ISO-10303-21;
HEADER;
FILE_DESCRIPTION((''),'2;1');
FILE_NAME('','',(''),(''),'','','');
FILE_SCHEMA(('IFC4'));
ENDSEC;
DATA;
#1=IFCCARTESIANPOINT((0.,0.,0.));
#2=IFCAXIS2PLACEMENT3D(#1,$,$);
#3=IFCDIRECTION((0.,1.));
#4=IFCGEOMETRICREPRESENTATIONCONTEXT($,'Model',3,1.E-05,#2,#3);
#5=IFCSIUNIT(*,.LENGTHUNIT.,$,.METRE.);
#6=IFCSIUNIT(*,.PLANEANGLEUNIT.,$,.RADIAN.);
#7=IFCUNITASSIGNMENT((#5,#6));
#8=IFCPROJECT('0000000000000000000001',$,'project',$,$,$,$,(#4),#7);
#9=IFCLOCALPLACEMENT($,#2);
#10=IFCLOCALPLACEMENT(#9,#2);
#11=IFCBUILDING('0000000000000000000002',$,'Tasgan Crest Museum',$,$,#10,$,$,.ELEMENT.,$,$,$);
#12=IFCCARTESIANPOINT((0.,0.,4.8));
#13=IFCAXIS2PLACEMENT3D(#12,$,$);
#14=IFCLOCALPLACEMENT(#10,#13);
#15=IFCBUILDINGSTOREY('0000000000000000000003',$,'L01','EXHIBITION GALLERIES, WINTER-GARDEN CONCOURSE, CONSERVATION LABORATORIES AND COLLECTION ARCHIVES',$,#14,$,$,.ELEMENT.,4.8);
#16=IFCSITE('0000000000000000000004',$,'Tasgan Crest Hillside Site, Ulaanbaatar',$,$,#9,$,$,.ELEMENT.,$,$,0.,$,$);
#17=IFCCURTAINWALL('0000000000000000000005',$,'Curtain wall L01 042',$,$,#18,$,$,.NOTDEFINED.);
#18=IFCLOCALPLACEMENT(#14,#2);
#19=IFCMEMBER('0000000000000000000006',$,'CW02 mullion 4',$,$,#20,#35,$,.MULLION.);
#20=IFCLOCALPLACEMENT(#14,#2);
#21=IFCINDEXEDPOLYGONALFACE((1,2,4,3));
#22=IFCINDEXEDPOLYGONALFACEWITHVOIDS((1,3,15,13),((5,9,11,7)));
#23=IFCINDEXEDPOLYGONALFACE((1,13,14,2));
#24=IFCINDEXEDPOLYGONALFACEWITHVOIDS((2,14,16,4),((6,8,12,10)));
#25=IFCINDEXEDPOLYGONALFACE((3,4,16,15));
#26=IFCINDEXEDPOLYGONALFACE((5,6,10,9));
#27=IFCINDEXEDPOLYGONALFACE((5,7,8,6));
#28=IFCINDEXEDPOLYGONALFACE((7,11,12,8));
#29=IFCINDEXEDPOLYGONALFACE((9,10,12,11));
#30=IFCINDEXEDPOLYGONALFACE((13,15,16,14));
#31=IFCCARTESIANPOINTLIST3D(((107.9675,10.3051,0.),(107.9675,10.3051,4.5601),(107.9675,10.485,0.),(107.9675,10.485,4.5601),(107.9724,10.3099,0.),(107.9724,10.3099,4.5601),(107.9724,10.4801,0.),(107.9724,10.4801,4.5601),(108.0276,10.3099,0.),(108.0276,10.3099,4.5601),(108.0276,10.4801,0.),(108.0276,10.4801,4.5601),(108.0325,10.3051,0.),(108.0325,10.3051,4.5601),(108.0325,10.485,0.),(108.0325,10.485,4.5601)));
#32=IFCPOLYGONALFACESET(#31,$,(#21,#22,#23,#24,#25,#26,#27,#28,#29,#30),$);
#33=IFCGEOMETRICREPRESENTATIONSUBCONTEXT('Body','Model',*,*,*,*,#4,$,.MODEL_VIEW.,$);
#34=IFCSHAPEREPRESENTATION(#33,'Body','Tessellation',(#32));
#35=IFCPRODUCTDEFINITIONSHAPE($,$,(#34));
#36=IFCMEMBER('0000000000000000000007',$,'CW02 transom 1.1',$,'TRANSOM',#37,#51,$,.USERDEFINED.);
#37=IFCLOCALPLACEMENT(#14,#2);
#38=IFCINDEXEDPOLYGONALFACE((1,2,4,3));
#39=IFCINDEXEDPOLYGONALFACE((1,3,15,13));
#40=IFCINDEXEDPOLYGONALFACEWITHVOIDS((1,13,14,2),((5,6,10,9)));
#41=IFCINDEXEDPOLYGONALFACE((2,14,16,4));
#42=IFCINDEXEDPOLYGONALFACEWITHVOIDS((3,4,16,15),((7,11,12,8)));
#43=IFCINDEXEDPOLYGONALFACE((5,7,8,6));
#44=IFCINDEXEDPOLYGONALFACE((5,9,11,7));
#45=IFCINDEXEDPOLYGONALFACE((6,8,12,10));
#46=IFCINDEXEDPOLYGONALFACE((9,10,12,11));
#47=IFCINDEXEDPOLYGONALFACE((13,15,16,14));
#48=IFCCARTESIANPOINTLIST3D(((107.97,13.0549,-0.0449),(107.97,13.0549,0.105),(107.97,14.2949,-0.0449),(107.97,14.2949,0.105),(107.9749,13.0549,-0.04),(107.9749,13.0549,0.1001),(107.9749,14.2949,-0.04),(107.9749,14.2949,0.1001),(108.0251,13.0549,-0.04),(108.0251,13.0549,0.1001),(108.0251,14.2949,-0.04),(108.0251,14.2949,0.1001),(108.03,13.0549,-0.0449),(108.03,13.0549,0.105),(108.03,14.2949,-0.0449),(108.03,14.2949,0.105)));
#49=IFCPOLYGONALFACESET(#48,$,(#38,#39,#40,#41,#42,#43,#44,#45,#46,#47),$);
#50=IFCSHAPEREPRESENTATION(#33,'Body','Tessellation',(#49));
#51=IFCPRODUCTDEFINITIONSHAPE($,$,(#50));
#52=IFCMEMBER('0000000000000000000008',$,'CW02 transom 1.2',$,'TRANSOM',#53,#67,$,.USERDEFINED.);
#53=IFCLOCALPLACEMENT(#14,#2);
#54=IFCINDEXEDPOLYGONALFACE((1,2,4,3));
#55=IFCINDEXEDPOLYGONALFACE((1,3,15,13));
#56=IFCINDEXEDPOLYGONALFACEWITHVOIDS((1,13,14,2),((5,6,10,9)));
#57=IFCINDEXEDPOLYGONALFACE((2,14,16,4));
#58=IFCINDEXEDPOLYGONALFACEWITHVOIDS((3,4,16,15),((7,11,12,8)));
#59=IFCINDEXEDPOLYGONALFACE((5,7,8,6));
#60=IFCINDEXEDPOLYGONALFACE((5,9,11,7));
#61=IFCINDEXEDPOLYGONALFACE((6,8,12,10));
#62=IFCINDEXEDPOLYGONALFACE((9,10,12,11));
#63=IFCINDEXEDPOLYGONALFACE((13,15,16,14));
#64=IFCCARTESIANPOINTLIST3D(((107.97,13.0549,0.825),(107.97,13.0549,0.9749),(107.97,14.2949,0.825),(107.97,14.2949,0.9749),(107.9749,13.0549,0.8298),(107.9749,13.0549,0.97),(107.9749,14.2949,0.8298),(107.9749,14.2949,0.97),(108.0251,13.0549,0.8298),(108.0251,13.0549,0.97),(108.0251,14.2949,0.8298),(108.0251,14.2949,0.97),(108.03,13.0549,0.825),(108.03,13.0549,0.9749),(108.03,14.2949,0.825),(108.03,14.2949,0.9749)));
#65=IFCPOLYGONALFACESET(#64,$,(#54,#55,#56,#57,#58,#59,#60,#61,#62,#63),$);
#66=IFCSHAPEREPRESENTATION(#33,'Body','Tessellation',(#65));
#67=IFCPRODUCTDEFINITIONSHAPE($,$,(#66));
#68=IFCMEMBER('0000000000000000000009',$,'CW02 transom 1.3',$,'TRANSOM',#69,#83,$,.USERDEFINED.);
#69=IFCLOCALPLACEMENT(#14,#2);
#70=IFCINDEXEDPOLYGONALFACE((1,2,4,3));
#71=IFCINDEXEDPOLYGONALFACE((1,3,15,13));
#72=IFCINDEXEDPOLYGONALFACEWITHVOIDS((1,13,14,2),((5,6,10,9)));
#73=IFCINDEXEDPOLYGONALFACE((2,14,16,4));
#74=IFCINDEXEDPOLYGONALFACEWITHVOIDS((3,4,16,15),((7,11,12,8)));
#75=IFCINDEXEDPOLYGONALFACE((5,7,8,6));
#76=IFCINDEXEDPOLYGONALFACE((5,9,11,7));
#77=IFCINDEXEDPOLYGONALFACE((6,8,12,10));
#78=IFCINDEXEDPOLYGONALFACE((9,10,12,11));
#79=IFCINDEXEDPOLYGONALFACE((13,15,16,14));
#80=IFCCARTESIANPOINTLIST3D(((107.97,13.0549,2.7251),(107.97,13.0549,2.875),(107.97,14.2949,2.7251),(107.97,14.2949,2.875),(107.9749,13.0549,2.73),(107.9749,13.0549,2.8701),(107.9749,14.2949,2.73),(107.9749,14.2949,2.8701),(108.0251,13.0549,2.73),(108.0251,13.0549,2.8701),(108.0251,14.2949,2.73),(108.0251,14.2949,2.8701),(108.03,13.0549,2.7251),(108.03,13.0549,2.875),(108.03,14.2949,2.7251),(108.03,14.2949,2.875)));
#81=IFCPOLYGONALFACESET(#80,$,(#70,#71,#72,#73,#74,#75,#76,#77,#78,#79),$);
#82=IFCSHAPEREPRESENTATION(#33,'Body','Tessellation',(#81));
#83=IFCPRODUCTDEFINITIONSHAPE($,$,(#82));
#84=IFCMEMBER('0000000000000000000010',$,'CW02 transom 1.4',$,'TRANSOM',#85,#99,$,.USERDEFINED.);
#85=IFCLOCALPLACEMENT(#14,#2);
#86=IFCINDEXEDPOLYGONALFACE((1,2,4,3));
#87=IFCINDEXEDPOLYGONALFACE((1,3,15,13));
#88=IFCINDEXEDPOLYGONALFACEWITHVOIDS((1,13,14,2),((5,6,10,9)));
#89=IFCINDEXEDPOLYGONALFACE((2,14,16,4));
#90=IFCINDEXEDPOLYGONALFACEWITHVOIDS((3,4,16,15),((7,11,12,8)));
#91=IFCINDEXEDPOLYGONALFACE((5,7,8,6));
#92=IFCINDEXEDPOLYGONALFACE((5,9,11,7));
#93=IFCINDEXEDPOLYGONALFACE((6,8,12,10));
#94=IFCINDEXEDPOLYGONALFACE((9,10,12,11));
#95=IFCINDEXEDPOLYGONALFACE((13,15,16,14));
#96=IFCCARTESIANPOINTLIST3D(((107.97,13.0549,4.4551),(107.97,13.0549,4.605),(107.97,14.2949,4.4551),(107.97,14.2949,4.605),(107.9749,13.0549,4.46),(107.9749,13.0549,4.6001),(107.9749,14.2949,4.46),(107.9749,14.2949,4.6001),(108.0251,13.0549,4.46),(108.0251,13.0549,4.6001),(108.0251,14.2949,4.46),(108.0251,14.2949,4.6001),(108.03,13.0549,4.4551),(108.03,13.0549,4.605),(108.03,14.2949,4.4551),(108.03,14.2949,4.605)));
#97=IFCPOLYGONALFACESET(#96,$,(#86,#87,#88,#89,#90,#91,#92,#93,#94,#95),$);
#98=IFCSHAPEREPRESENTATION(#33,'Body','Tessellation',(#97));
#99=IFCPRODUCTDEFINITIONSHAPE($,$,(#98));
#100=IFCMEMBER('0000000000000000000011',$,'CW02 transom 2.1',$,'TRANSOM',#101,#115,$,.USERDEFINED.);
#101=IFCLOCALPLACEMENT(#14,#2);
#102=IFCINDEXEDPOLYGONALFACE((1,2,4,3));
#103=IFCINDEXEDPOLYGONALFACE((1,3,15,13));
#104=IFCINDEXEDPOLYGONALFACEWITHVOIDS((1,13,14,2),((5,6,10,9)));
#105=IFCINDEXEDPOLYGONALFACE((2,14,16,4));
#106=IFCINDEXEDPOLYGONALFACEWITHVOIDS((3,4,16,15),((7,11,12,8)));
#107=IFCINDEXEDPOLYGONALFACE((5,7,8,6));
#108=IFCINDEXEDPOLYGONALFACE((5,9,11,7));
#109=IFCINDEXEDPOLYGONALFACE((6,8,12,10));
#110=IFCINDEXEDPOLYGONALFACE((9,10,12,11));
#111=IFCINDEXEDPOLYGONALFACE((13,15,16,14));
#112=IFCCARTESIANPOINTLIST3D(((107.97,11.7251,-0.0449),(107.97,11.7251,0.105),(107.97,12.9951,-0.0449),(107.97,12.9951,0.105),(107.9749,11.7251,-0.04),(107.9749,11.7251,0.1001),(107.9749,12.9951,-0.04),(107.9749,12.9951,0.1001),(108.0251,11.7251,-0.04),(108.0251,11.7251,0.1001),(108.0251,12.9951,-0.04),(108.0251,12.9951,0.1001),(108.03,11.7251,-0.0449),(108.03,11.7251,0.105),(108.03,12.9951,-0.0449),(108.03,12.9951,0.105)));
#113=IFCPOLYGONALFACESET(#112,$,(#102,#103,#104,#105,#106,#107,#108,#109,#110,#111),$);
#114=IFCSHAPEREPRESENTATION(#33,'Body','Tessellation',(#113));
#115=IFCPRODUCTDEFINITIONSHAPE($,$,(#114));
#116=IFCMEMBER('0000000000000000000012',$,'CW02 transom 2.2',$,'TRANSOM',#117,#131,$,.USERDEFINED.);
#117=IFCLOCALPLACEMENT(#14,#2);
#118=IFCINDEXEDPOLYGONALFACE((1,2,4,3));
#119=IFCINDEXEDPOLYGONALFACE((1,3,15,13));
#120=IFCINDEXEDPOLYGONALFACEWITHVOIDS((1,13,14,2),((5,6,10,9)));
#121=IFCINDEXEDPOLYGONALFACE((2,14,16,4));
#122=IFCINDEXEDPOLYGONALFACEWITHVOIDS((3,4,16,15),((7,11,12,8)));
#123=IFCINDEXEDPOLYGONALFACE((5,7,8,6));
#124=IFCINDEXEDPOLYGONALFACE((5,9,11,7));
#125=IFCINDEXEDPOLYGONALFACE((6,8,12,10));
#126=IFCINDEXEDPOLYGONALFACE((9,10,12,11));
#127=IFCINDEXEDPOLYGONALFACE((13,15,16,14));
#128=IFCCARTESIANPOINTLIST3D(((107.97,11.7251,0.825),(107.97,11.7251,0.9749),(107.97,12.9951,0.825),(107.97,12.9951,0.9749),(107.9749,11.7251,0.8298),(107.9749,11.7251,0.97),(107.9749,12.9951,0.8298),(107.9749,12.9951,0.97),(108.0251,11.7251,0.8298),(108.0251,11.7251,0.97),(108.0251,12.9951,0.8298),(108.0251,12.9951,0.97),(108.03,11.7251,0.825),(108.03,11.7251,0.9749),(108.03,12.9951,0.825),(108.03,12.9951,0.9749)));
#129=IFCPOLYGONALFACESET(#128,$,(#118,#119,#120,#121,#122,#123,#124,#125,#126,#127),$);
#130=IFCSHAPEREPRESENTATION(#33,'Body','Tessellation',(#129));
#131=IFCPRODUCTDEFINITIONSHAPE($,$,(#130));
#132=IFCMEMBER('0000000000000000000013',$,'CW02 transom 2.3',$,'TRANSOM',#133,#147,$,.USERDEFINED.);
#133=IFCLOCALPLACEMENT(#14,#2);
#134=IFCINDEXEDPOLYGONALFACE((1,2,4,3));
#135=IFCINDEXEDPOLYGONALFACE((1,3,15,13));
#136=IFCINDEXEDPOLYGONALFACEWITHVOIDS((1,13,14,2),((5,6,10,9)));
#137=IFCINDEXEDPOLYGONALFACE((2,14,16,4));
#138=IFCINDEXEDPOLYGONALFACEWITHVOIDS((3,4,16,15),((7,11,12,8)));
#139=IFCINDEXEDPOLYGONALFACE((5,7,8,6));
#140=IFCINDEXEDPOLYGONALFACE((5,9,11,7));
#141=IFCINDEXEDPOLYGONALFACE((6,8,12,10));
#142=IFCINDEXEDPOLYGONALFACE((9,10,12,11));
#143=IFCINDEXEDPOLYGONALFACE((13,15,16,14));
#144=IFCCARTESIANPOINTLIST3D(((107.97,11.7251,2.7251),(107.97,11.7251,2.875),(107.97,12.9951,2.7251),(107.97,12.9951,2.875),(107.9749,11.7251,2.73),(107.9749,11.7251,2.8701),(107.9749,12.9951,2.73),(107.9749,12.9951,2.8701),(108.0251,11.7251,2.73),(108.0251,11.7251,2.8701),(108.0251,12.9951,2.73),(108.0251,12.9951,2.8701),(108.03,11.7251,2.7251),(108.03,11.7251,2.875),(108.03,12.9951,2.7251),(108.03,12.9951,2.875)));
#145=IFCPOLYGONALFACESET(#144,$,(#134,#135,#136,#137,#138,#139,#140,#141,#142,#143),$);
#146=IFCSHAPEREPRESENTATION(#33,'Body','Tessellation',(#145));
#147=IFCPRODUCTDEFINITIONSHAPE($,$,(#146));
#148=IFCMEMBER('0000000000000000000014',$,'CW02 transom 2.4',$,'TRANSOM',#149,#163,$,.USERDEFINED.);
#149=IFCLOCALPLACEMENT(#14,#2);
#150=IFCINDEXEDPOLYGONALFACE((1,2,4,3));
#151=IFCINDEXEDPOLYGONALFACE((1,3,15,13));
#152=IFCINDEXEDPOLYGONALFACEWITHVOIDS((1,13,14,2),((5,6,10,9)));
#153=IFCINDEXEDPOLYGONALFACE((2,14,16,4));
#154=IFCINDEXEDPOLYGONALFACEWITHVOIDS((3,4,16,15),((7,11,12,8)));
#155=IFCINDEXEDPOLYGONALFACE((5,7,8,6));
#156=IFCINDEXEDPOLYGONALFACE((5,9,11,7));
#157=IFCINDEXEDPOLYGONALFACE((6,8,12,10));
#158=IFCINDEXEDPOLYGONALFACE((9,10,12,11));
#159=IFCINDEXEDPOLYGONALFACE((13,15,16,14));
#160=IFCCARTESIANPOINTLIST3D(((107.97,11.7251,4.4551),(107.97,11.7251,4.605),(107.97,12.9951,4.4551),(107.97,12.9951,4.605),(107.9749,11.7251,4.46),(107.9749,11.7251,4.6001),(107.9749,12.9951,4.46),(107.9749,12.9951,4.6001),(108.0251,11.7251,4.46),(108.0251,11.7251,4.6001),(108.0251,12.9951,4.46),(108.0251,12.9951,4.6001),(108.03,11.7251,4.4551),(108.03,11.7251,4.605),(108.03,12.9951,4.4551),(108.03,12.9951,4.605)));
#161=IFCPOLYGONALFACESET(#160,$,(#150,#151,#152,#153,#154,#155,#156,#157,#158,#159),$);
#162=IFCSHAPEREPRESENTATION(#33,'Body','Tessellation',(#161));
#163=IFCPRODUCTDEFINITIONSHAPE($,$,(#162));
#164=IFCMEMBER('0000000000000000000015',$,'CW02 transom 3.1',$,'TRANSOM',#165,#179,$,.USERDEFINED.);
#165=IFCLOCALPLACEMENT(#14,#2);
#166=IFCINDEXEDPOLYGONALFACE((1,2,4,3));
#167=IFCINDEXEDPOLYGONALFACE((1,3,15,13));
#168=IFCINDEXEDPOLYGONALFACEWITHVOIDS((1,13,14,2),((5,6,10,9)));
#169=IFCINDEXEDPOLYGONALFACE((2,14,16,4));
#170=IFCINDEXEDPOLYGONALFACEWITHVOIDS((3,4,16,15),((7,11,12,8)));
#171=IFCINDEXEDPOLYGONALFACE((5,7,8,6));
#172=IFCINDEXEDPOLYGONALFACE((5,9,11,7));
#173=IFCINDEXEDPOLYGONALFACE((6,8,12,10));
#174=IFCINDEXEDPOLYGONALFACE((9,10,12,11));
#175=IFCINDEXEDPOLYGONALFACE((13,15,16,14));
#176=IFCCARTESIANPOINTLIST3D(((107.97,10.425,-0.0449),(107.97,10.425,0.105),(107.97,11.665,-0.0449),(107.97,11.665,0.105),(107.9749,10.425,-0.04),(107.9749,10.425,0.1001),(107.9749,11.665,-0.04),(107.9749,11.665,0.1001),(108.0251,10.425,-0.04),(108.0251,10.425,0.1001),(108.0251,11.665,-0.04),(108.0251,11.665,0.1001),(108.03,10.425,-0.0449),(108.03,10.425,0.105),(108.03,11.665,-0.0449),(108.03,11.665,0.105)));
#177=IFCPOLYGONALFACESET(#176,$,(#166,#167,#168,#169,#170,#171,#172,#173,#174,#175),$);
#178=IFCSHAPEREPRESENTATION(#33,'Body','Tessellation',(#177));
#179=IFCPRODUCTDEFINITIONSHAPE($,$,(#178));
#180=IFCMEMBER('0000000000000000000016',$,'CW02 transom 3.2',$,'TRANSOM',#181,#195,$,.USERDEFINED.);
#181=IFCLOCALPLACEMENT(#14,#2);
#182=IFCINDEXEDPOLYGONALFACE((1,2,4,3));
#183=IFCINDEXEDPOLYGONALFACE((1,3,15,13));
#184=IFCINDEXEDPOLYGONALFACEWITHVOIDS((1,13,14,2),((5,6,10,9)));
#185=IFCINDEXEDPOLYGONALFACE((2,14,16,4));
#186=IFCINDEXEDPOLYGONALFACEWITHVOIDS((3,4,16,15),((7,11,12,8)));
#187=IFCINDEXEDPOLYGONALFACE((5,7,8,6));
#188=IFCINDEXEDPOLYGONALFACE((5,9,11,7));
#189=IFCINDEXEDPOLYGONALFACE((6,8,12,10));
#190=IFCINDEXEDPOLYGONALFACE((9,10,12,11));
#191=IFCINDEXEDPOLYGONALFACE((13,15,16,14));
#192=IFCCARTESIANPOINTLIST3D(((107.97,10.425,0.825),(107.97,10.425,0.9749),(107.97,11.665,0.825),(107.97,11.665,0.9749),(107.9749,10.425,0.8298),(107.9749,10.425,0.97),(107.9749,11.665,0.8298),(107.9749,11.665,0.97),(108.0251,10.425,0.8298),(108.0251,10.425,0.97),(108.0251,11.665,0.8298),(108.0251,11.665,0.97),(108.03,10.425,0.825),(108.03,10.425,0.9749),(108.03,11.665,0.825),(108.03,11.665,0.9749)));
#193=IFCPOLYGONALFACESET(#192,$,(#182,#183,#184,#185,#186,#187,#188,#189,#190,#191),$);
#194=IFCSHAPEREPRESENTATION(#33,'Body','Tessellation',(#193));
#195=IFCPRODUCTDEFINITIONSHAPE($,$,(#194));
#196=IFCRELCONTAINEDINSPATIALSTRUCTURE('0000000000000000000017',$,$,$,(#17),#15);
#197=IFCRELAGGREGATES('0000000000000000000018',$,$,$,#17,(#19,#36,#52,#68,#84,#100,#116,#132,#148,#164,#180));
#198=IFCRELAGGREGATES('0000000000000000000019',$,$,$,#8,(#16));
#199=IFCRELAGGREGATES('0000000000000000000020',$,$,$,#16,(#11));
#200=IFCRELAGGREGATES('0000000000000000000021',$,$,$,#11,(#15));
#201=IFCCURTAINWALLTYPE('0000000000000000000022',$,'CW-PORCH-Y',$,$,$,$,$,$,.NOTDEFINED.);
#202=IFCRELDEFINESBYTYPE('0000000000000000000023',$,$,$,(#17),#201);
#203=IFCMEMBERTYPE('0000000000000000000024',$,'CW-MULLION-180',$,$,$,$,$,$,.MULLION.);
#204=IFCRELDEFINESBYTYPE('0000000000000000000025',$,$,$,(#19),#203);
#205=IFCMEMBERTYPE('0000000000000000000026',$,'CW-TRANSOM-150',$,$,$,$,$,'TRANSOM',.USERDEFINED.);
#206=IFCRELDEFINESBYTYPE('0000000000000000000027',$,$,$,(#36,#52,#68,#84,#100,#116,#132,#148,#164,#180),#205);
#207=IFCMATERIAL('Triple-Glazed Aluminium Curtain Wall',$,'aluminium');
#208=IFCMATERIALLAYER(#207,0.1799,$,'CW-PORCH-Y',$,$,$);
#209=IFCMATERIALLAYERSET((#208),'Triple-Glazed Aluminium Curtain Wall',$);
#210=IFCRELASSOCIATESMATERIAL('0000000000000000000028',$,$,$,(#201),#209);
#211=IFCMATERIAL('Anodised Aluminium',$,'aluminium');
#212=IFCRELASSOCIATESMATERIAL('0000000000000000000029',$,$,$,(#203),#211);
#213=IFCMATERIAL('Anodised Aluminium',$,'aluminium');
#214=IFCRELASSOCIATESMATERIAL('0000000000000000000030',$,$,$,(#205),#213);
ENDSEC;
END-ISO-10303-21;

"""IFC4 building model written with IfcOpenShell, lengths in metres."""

from ifc_helpers import new_model, si_unit, direction, frame, origin, origin_2d, place, context, subcontext, project, spatial, hollow_rectangle, extrude, material, layer, layer_set, material_profile, profile_set, type_object, element, aggregate, save


model = new_model("IFC4")

# Units and contexts
model_context = context("Model", 3, precision=1e-05, world=origin(), true_north=direction((0.0, 1.0)))
body_context = subcontext(model_context, "Body", "Model", "MODEL_VIEW")
ifc_project = project(units=[si_unit("LENGTHUNIT", "METRE"), si_unit("PLANEANGLEUNIT", "RADIAN")], contexts=[model_context])

# Site, building, storey
site_placement = place(None, origin())
site = spatial("IfcSite", under=ifc_project, at=site_placement, Name="Tasgan Crest Hillside Site, Ulaanbaatar", CompositionType="ELEMENT", RefElevation=0.0)
building_placement = place(site_placement, origin())
building = spatial("IfcBuilding", under=site, at=building_placement, Name="Tasgan Crest Museum", CompositionType="ELEMENT")
storey_placement = place(building_placement, frame((0.0, 0.0, 4.8)))
storey = spatial("IfcBuildingStorey", under=building, at=storey_placement, Name="L01", Description="EXHIBITION GALLERIES, WINTER-GARDEN CONCOURSE, CONSERVATION LABORATORIES AND COLLECTION ARCHIVES", CompositionType="ELEMENT", Elevation=4.8)

# Shared definitions
ifc_material_1 = material(Name="Triple-Glazed Aluminium Curtain Wall", Category="aluminium")
ifc_layer_1 = layer(ifc_material_1, 0.1799, Name="CW-PORCH-Y")
ifc_layer_set_1 = layer_set([ifc_layer_1], Name="Triple-Glazed Aluminium Curtain Wall")
curtain_wall_type = type_object("IfcCurtainWallType", Name="CW-PORCH-Y", PredefinedType="NOTDEFINED", material=ifc_layer_set_1)
ifc_material_2 = material(Name="Anodised Aluminium", Category="aluminium")
ifc_material_profile_1 = material_profile(ifc_material_2, hollow_rectangle(XDim=0.0649, YDim=0.1799, WallThickness=0.0049, at=origin_2d()), Name="ALU MULLION 180x65x5")
ifc_profile_set_1 = profile_set([ifc_material_profile_1], Name="Anodised Aluminium")
member_type_1 = type_object("IfcMemberType", Name="CW-MULLION-180", PredefinedType="MULLION", material=ifc_profile_set_1)

# Curtain wall, members
curtain_wall_1_placement = place(storey_placement, origin())
curtain_wall_1 = element("IfcCurtainWall", 1, at=curtain_wall_1_placement, inside=storey, type_object=curtain_wall_type, Name="Curtain wall L01 042", PredefinedType="NOTDEFINED")
member_1_placement = place(storey_placement, frame((108.0, 10.395, 0.0), z_axis=(0.0, 0.0, 1.0), x_axis=(1.0, 0.0, 0.0)))
member_1 = element("IfcMember", 2, at=member_1_placement, type_object=member_type_1, Name="CW02 mullion 4", PredefinedType="MULLION", context=body_context, shape_type="SweptSolid", body=[
    extrude(hollow_rectangle(XDim=0.0649, YDim=0.1799, WallThickness=0.0049, at=origin_2d()), origin(), (0.0, 0.0, 1.0), 4.5601),
])
ifc_material_3 = material(Name="Anodised Aluminium", Category="aluminium")
ifc_material_profile_2 = material_profile(ifc_material_3, hollow_rectangle(XDim=0.0601, YDim=0.1499, WallThickness=0.0049, at=origin_2d()), Name="ALU TRANSOM 150x60x5")
ifc_profile_set_2 = profile_set([ifc_material_profile_2], Name="Anodised Aluminium")
member_type_2 = type_object("IfcMemberType", Name="CW-TRANSOM-150", ElementType="TRANSOM", PredefinedType="USERDEFINED", material=ifc_profile_set_2)
member_2_placement = place(storey_placement, frame((108.0, 14.2949, 0.03), z_axis=(0.0, -1.0, 0.0), x_axis=(1.0, 0.0, 0.0)))
member_2 = element("IfcMember", 3, at=member_2_placement, type_object=member_type_2, Name="CW02 transom 1.1", ObjectType="TRANSOM", PredefinedType="USERDEFINED", context=body_context, shape_type="SweptSolid", body=[
    extrude(hollow_rectangle(XDim=0.0601, YDim=0.1499, WallThickness=0.0049, at=origin_2d()), origin(), (0.0, 0.0, 1.0), 1.24),
])
member_3_placement = place(storey_placement, frame((108.0, 14.2949, 0.8999), z_axis=(0.0, -1.0, 0.0), x_axis=(1.0, 0.0, 0.0)))
member_3 = element("IfcMember", 4, at=member_3_placement, type_object=member_type_2, Name="CW02 transom 1.2", ObjectType="TRANSOM", PredefinedType="USERDEFINED", context=body_context, shape_type="SweptSolid", body=[
    extrude(hollow_rectangle(XDim=0.0601, YDim=0.1499, WallThickness=0.0049, at=origin_2d()), origin(), (0.0, 0.0, 1.0), 1.24),
])
member_4_placement = place(storey_placement, frame((108.0, 14.2949, 2.8), z_axis=(0.0, -1.0, 0.0), x_axis=(1.0, 0.0, 0.0)))
member_4 = element("IfcMember", 5, at=member_4_placement, type_object=member_type_2, Name="CW02 transom 1.3", ObjectType="TRANSOM", PredefinedType="USERDEFINED", context=body_context, shape_type="SweptSolid", body=[
    extrude(hollow_rectangle(XDim=0.0601, YDim=0.1499, WallThickness=0.0049, at=origin_2d()), origin(), (0.0, 0.0, 1.0), 1.24),
])
member_5_placement = place(storey_placement, frame((108.0, 14.2949, 4.53), z_axis=(0.0, -1.0, 0.0), x_axis=(1.0, 0.0, 0.0)))
member_5 = element("IfcMember", 6, at=member_5_placement, type_object=member_type_2, Name="CW02 transom 1.4", ObjectType="TRANSOM", PredefinedType="USERDEFINED", context=body_context, shape_type="SweptSolid", body=[
    extrude(hollow_rectangle(XDim=0.0601, YDim=0.1499, WallThickness=0.0049, at=origin_2d()), origin(), (0.0, 0.0, 1.0), 1.24),
])
member_6_placement = place(storey_placement, frame((108.0, 12.9951, 0.03), z_axis=(0.0, -1.0, 0.0), x_axis=(1.0, 0.0, 0.0)))
member_6 = element("IfcMember", 7, at=member_6_placement, type_object=member_type_2, Name="CW02 transom 2.1", ObjectType="TRANSOM", PredefinedType="USERDEFINED", context=body_context, shape_type="SweptSolid", body=[
    extrude(hollow_rectangle(XDim=0.0601, YDim=0.1499, WallThickness=0.0049, at=origin_2d()), origin(), (0.0, 0.0, 1.0), 1.27),
])
member_7_placement = place(storey_placement, frame((108.0, 12.9951, 0.8999), z_axis=(0.0, -1.0, 0.0), x_axis=(1.0, 0.0, 0.0)))
member_7 = element("IfcMember", 8, at=member_7_placement, type_object=member_type_2, Name="CW02 transom 2.2", ObjectType="TRANSOM", PredefinedType="USERDEFINED", context=body_context, shape_type="SweptSolid", body=[
    extrude(hollow_rectangle(XDim=0.0601, YDim=0.1499, WallThickness=0.0049, at=origin_2d()), origin(), (0.0, 0.0, 1.0), 1.27),
])
member_8_placement = place(storey_placement, frame((108.0, 12.9951, 2.8), z_axis=(0.0, -1.0, 0.0), x_axis=(1.0, 0.0, 0.0)))
member_8 = element("IfcMember", 9, at=member_8_placement, type_object=member_type_2, Name="CW02 transom 2.3", ObjectType="TRANSOM", PredefinedType="USERDEFINED", context=body_context, shape_type="SweptSolid", body=[
    extrude(hollow_rectangle(XDim=0.0601, YDim=0.1499, WallThickness=0.0049, at=origin_2d()), origin(), (0.0, 0.0, 1.0), 1.27),
])
member_9_placement = place(storey_placement, frame((108.0, 12.9951, 4.53), z_axis=(0.0, -1.0, 0.0), x_axis=(1.0, 0.0, 0.0)))
member_9 = element("IfcMember", 10, at=member_9_placement, type_object=member_type_2, Name="CW02 transom 2.4", ObjectType="TRANSOM", PredefinedType="USERDEFINED", context=body_context, shape_type="SweptSolid", body=[
    extrude(hollow_rectangle(XDim=0.0601, YDim=0.1499, WallThickness=0.0049, at=origin_2d()), origin(), (0.0, 0.0, 1.0), 1.27),
])
member_10_placement = place(storey_placement, frame((108.0, 11.665, 0.03), z_axis=(0.0, -1.0, 0.0), x_axis=(1.0, 0.0, 0.0)))
member_10 = element("IfcMember", 11, at=member_10_placement, type_object=member_type_2, Name="CW02 transom 3.1", ObjectType="TRANSOM", PredefinedType="USERDEFINED", context=body_context, shape_type="SweptSolid", body=[
    extrude(hollow_rectangle(XDim=0.0601, YDim=0.1499, WallThickness=0.0049, at=origin_2d()), origin(), (0.0, 0.0, 1.0), 1.24),
])
member_11_placement = place(storey_placement, frame((108.0, 11.665, 0.8999), z_axis=(0.0, -1.0, 0.0), x_axis=(1.0, 0.0, 0.0)))
member_11 = element("IfcMember", 12, at=member_11_placement, type_object=member_type_2, Name="CW02 transom 3.2", ObjectType="TRANSOM", PredefinedType="USERDEFINED", context=body_context, shape_type="SweptSolid", body=[
    extrude(hollow_rectangle(XDim=0.0601, YDim=0.1499, WallThickness=0.0049, at=origin_2d()), origin(), (0.0, 0.0, 1.0), 1.24),
])
aggregate(curtain_wall_1, [member_1, member_2, member_3, member_4, member_5, member_6, member_7, member_8, member_9, member_10, member_11])

save(model, "model.ifc")
